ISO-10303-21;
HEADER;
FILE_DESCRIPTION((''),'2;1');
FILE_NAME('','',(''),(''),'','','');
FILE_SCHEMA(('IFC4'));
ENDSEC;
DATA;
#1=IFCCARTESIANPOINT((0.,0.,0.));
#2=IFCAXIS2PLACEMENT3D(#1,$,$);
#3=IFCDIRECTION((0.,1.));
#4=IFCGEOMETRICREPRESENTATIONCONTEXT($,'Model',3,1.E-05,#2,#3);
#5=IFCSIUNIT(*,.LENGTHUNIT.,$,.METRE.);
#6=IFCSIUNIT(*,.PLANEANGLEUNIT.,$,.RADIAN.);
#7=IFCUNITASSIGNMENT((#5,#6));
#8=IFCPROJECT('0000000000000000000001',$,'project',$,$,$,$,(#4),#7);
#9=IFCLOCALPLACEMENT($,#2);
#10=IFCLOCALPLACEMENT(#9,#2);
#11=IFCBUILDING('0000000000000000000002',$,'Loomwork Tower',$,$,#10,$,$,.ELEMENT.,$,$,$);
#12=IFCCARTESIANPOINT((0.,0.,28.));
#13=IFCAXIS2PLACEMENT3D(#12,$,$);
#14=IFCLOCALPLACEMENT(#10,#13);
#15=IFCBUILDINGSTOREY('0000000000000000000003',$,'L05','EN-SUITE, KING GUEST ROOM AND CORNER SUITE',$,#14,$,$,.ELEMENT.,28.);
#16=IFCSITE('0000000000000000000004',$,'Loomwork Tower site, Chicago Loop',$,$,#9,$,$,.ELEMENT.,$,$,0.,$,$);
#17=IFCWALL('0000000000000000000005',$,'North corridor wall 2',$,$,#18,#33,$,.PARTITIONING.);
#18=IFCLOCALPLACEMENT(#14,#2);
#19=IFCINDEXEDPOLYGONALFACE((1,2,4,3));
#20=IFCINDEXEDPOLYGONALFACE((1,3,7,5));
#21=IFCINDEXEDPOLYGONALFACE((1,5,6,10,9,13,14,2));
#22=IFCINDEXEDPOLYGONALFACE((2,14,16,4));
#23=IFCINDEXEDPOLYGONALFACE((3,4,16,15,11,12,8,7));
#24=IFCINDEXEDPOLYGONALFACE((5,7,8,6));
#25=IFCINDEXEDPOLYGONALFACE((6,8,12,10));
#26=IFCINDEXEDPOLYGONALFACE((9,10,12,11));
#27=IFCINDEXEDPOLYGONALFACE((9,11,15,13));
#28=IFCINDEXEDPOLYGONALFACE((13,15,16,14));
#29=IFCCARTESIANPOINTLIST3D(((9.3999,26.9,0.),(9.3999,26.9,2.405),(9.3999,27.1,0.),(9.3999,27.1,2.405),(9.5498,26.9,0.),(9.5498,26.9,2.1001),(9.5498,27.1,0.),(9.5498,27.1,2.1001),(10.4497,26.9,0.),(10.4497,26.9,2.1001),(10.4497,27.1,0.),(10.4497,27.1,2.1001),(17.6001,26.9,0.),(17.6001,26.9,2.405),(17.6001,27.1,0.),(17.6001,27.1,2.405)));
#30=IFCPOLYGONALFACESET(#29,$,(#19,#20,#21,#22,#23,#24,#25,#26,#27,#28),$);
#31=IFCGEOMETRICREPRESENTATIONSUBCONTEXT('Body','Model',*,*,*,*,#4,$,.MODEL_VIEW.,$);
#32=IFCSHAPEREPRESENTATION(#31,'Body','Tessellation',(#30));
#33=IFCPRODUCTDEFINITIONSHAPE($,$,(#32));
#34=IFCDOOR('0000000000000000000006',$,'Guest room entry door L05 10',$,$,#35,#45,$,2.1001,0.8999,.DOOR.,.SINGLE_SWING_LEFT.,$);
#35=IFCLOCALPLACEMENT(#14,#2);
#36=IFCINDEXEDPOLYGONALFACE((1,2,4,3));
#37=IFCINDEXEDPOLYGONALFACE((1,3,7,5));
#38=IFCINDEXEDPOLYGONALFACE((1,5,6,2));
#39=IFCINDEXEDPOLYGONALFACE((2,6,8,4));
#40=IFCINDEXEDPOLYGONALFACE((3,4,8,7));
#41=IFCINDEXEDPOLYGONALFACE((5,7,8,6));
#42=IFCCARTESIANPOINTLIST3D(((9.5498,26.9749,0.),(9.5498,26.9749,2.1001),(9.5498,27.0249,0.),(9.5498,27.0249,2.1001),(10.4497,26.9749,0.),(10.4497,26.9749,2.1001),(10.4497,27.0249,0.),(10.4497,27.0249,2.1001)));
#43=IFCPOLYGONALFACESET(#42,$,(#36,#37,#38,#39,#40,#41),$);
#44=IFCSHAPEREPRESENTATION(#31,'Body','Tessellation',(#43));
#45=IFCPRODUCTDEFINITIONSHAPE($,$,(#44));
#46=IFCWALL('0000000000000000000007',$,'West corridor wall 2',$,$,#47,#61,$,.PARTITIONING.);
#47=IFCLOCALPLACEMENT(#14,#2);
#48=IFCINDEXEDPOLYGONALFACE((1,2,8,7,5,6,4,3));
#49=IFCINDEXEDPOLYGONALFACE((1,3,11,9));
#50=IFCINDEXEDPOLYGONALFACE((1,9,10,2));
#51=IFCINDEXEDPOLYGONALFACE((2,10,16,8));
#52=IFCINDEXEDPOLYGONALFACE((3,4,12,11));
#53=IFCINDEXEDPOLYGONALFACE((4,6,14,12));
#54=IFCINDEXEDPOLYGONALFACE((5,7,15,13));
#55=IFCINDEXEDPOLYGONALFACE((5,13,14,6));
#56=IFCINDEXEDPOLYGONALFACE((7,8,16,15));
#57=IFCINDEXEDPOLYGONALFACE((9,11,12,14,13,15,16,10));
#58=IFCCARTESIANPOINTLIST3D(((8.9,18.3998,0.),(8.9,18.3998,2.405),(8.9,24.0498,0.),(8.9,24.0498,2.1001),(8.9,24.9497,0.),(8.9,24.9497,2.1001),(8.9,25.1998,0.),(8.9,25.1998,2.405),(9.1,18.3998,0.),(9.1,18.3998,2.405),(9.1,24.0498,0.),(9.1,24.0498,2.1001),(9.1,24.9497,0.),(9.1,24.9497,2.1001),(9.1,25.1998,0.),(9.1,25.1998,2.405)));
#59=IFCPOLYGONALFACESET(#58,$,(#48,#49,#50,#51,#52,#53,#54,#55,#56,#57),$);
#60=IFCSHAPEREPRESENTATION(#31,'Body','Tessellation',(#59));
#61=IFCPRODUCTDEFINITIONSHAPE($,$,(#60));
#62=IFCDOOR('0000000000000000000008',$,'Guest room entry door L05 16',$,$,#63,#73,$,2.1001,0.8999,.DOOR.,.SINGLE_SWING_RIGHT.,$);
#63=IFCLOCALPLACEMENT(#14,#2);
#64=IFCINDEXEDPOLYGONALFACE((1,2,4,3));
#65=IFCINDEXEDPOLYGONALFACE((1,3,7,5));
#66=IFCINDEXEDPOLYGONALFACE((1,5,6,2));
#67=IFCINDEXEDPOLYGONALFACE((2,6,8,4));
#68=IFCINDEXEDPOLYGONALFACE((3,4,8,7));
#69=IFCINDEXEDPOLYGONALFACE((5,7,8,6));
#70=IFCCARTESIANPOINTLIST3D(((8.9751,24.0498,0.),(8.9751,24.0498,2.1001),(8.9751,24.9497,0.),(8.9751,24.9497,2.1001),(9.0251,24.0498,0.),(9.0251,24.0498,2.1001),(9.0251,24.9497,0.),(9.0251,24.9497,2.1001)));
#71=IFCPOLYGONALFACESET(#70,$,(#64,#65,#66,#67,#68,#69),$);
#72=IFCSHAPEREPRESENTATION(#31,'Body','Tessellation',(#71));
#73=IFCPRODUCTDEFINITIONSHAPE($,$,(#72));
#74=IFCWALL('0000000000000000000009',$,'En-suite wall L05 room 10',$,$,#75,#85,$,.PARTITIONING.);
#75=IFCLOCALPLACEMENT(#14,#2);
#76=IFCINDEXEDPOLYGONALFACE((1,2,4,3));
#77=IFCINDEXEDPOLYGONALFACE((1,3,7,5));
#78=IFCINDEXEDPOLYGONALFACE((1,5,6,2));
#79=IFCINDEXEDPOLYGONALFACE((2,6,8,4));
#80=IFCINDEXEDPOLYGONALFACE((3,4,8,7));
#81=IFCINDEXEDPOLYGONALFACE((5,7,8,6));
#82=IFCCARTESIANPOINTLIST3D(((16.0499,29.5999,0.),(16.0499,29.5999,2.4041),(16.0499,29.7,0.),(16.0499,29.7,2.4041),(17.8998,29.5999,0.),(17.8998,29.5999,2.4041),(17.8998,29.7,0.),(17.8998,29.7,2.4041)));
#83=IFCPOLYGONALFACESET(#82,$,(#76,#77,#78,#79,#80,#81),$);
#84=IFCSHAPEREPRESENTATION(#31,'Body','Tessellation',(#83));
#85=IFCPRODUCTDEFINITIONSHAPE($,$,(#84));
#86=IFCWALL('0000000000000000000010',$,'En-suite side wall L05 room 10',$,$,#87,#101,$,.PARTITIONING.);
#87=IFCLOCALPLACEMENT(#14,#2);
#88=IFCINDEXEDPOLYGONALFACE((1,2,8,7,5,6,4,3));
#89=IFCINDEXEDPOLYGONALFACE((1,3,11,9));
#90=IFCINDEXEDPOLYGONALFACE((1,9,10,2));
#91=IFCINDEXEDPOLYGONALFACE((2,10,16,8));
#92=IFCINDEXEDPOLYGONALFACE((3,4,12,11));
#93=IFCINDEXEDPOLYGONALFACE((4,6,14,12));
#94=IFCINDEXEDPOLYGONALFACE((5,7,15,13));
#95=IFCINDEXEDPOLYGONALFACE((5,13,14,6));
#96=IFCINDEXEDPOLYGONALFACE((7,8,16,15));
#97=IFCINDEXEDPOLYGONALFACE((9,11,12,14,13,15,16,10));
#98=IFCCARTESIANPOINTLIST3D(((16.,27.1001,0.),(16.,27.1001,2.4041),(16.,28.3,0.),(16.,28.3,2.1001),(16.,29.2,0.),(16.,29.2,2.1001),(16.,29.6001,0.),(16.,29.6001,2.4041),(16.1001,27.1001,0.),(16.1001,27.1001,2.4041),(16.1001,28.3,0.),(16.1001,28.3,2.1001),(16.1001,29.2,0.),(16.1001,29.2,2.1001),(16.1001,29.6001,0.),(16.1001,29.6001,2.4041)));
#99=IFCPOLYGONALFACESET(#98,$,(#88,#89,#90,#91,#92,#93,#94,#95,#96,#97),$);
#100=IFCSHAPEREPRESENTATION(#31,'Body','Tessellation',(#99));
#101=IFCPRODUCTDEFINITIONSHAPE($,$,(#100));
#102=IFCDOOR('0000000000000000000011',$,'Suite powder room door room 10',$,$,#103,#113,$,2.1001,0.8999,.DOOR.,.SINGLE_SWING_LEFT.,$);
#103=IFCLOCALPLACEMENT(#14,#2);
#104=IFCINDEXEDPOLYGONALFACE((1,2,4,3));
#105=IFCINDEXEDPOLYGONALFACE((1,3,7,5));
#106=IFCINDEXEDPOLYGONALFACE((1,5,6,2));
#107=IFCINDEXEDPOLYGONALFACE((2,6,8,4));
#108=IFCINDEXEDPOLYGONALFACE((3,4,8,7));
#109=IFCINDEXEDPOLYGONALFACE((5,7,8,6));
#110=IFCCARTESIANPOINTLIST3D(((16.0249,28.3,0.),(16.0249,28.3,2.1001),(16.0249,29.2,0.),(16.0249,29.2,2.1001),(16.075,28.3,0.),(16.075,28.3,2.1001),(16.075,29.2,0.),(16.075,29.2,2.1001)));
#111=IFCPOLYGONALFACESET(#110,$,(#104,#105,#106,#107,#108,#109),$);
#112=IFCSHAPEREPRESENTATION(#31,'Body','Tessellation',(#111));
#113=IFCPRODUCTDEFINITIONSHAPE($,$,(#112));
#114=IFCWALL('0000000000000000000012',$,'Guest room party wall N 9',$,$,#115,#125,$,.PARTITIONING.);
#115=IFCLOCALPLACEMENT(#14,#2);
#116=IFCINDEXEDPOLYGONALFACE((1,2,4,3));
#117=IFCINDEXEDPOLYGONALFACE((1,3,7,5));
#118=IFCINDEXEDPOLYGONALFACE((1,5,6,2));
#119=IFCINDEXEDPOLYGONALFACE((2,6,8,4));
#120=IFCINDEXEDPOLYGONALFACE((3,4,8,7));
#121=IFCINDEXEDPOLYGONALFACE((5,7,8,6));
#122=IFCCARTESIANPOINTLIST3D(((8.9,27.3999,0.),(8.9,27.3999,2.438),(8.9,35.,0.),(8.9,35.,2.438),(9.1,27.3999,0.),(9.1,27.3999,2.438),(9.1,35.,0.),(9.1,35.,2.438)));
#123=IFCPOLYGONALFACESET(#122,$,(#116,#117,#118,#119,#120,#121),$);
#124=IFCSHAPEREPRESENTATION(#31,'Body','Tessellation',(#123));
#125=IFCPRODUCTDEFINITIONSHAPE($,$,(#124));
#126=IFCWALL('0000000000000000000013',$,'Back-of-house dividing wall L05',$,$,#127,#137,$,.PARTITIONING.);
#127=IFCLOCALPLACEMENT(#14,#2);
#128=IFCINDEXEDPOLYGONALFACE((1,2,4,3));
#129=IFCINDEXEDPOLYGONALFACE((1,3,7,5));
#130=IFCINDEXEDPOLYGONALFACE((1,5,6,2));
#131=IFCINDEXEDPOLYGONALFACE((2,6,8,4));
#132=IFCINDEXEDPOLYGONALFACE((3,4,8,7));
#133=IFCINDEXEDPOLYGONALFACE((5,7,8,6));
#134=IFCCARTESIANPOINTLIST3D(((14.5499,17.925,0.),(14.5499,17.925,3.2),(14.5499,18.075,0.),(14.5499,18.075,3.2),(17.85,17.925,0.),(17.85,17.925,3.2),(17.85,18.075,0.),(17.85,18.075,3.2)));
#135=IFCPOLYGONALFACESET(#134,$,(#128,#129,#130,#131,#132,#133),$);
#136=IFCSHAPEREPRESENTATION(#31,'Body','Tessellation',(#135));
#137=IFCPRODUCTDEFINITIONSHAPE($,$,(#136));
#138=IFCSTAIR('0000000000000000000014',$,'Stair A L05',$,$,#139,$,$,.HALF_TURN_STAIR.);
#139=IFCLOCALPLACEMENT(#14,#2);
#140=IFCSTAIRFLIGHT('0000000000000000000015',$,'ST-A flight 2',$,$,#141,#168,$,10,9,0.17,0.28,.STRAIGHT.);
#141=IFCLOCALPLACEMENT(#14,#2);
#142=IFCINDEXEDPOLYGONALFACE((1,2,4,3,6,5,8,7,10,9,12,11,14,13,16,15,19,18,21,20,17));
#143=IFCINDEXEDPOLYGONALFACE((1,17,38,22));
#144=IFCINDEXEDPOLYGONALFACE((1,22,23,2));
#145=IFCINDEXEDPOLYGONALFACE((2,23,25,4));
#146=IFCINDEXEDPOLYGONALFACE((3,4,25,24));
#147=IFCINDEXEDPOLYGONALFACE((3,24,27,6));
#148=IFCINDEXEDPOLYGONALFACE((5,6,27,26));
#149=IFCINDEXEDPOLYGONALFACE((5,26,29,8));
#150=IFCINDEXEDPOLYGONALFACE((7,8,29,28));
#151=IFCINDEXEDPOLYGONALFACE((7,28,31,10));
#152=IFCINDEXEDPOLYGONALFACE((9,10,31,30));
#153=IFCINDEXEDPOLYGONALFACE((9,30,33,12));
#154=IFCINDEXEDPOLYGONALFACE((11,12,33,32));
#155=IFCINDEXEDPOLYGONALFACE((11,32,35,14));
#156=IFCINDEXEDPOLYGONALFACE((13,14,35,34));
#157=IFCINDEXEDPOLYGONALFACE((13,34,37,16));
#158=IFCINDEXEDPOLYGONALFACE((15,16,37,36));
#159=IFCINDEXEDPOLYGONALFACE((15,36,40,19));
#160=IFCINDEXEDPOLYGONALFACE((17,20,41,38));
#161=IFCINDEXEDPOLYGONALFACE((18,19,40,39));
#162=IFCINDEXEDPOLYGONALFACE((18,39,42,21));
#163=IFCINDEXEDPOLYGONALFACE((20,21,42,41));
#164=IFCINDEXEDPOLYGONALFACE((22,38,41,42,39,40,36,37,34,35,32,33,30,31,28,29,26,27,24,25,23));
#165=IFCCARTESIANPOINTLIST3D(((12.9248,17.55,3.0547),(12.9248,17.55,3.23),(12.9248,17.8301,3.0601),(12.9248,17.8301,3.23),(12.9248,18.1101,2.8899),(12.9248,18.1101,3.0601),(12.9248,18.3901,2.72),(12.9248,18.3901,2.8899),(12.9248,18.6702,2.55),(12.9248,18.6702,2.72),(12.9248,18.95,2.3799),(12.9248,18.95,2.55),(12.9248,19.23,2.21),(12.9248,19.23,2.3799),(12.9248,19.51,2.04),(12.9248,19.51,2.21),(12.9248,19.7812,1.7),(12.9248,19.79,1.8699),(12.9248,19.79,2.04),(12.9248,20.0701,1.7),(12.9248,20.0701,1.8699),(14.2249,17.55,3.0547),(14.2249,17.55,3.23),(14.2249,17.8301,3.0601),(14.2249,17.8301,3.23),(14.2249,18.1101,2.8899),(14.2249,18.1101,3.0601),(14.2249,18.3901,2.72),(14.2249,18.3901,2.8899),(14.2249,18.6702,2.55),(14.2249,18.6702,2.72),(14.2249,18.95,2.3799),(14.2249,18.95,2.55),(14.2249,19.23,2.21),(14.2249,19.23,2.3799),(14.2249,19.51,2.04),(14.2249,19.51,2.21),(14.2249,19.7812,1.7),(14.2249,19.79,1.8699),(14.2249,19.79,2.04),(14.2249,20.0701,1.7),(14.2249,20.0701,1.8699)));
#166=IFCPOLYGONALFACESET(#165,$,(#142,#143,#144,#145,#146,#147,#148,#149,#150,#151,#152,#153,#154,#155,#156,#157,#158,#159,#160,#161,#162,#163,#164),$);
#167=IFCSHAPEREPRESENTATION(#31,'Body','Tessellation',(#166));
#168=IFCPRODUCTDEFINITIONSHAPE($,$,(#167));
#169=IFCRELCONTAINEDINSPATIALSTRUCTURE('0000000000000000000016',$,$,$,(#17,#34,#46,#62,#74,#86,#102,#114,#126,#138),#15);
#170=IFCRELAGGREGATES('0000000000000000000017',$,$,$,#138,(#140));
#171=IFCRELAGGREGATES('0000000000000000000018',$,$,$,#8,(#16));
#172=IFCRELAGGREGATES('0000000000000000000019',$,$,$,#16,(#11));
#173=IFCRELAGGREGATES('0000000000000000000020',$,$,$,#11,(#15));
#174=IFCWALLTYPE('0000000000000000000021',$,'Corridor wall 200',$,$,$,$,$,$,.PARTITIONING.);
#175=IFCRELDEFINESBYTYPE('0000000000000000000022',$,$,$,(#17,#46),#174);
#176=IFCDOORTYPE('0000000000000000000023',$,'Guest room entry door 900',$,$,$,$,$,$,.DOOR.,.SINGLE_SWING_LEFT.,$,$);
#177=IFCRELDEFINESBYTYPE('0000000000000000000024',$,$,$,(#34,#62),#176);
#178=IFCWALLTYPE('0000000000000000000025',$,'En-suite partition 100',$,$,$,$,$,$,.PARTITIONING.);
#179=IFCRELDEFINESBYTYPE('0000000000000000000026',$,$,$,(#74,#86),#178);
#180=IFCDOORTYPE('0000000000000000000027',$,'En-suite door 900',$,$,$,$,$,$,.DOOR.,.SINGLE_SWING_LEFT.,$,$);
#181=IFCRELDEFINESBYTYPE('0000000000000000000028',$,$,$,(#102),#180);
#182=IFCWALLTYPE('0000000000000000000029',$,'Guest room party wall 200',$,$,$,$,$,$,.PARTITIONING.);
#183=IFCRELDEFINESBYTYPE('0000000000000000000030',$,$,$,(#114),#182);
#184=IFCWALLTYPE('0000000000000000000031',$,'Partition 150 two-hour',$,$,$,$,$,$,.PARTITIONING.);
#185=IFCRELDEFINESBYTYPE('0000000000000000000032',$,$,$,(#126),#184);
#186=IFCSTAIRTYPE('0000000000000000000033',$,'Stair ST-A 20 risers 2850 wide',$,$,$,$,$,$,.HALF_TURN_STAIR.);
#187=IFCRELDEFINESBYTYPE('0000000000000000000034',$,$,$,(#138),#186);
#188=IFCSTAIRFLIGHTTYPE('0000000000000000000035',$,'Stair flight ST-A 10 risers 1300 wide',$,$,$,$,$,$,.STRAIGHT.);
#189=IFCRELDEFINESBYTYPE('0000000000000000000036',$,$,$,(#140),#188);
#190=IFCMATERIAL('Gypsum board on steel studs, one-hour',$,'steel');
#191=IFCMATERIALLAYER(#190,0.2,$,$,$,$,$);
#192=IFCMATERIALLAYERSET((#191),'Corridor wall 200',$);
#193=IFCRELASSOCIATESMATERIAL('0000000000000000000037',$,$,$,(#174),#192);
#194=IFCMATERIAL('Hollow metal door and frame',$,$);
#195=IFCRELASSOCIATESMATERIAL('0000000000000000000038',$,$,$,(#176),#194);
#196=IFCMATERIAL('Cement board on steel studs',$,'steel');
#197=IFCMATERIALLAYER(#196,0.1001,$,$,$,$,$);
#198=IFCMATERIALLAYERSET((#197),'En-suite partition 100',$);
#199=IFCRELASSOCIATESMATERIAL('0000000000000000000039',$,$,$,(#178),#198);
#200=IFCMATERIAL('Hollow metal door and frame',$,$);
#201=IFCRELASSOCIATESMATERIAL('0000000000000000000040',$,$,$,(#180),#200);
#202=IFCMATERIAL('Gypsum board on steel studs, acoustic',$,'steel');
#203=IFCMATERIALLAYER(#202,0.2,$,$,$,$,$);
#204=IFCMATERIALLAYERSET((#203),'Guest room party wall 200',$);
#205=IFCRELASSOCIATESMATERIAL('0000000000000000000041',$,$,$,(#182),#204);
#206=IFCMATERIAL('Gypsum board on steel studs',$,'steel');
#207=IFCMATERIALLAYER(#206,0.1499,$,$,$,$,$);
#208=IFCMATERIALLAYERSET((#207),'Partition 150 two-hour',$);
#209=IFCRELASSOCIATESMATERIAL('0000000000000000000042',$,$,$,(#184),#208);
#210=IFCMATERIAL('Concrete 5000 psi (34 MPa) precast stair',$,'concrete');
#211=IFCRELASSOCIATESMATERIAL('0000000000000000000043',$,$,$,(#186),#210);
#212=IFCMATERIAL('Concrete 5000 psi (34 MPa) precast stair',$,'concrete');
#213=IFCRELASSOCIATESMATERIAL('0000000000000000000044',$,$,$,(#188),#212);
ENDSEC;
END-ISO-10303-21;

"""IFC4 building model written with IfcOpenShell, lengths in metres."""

from ifc_helpers import new_model, si_unit, direction, frame, frame_2d, origin, place, context, subcontext, project, spatial, polyline, rectangle, outline, extrude, material, layer, layer_set, type_object, element, fill, aggregate, save


model = new_model("IFC4")

# Units and contexts
model_context = context("Model", 3, precision=1e-05, world=origin(), true_north=direction((0.0, 1.0)))
body_context = subcontext(model_context, "Body", "Model", "MODEL_VIEW")
ifc_project = project(units=[si_unit("LENGTHUNIT", "METRE"), si_unit("PLANEANGLEUNIT", "RADIAN")], contexts=[model_context])

# Site, building, storey
site_placement = place(None, origin())
site = spatial("IfcSite", under=ifc_project, at=site_placement, Name="Loomwork Tower site, Chicago Loop", CompositionType="ELEMENT", RefElevation=0.0)
building_placement = place(site_placement, origin())
building = spatial("IfcBuilding", under=site, at=building_placement, Name="Loomwork Tower", CompositionType="ELEMENT")
storey_placement = place(building_placement, frame((0.0, 0.0, 28.0)))
storey = spatial("IfcBuildingStorey", under=building, at=storey_placement, Name="L05", Description="EN-SUITE, KING GUEST ROOM AND CORNER SUITE", CompositionType="ELEMENT", Elevation=28.0)

# Walls, openings, doors
ifc_material_1 = material(Name="Gypsum board on steel studs, one-hour", Category="steel")
ifc_layer_1 = layer(ifc_material_1, 0.2)
ifc_layer_set_1 = layer_set([ifc_layer_1], Name="Corridor wall 200")
wall_type_1 = type_object("IfcWallType", Name="Corridor wall 200", PredefinedType="PARTITIONING", material=ifc_layer_set_1)
wall_1_placement = place(storey_placement, frame((9.3999, 27.0, 0.0), z_axis=(0.0, 0.0, 1.0), x_axis=(1.0, 0.0, 0.0)))
wall_1 = element("IfcWall", 1, at=wall_1_placement, inside=storey, type_object=wall_type_1, Name="North corridor wall 2", PredefinedType="PARTITIONING", context=body_context, shape_type="SweptSolid", body=[
    extrude(rectangle(XDim=8.2002, YDim=0.2, at=frame_2d((4.1001, 0.0))), origin(), (0.0, 0.0, 1.0), 2.405),
])
opening_1_placement = place(wall_1_placement, frame((0.1499, 0.0, 0.0)))
opening_1 = element("IfcOpeningElement", 2, at=opening_1_placement, cuts=wall_1, PredefinedType="OPENING", context=body_context, shape_type="SweptSolid", body=[
    extrude(rectangle(XDim=0.8999, YDim=2.1001, at=frame_2d((0.45, 1.05))), frame((0.0, 0.1099, 0.0), z_axis=(0.0, -1.0, 0.0), x_axis=(1.0, 0.0, 0.0)), (0.0, 0.0, 1.0), 0.22),
])
ifc_material_2 = material(Name="Hollow metal door and frame")
door_type_1 = type_object("IfcDoorType", Name="Guest room entry door 900", OperationType="SINGLE_SWING_LEFT", PredefinedType="DOOR", material=ifc_material_2)
door_1_placement = place(opening_1_placement, origin())
door_1 = element("IfcDoor", 3, at=door_1_placement, inside=storey, type_object=door_type_1, Name="Guest room entry door L05 10", OperationType="SINGLE_SWING_LEFT", OverallHeight=2.1001, OverallWidth=0.8999, PredefinedType="DOOR", context=body_context, shape_type="SweptSolid", body=[
    extrude(rectangle(XDim=0.8999, YDim=2.1001, at=frame_2d((0.45, 1.05))), frame((0.0, 0.0249, 0.0), z_axis=(0.0, -1.0, 0.0), x_axis=(1.0, 0.0, 0.0)), (0.0, 0.0, 1.0), 0.05),
])
fill(opening_1, door_1)
wall_2_placement = place(storey_placement, frame((9.0, 18.3999, 0.0), z_axis=(0.0, 0.0, 1.0), x_axis=(0.0, 1.0, 0.0)))
wall_2 = element("IfcWall", 4, at=wall_2_placement, inside=storey, type_object=wall_type_1, Name="West corridor wall 2", PredefinedType="PARTITIONING", context=body_context, shape_type="SweptSolid", body=[
    extrude(rectangle(XDim=6.8, YDim=0.2, at=frame_2d((3.3999, 0.0))), origin(), (0.0, 0.0, 1.0), 2.405),
])
opening_2_placement = place(wall_2_placement, frame((5.6499, 0.0, 0.0)))
opening_2 = element("IfcOpeningElement", 5, at=opening_2_placement, cuts=wall_2, PredefinedType="OPENING", context=body_context, shape_type="SweptSolid", body=[
    extrude(rectangle(XDim=0.8999, YDim=2.1001, at=frame_2d((0.45, 1.05))), frame((0.0, 0.1099, 0.0), z_axis=(0.0, -1.0, 0.0), x_axis=(1.0, 0.0, 0.0)), (0.0, 0.0, 1.0), 0.22),
])
door_2_placement = place(opening_2_placement, origin())
door_2 = element("IfcDoor", 6, at=door_2_placement, inside=storey, type_object=door_type_1, Name="Guest room entry door L05 16", OperationType="SINGLE_SWING_RIGHT", OverallHeight=2.1001, OverallWidth=0.8999, PredefinedType="DOOR", context=body_context, shape_type="SweptSolid", body=[
    extrude(rectangle(XDim=0.8999, YDim=2.1001, at=frame_2d((0.45, 1.05))), frame((0.0, 0.0249, 0.0), z_axis=(0.0, -1.0, 0.0), x_axis=(1.0, 0.0, 0.0)), (0.0, 0.0, 1.0), 0.05),
])
fill(opening_2, door_2)

# Wall
ifc_material_3 = material(Name="Cement board on steel studs", Category="steel")
ifc_layer_2 = layer(ifc_material_3, 0.1001)
ifc_layer_set_2 = layer_set([ifc_layer_2], Name="En-suite partition 100")
wall_type_2 = type_object("IfcWallType", Name="En-suite partition 100", PredefinedType="PARTITIONING", material=ifc_layer_set_2)
wall_3_placement = place(storey_placement, frame((16.05, 29.6499, 0.0), z_axis=(0.0, 0.0, 1.0), x_axis=(1.0, 0.0, 0.0)))
element("IfcWall", 7, at=wall_3_placement, inside=storey, type_object=wall_type_2, Name="En-suite wall L05 room 10", PredefinedType="PARTITIONING", context=body_context, shape_type="SweptSolid", body=[
    extrude(rectangle(XDim=1.8499, YDim=0.1001, at=frame_2d((0.9248, 0.0))), origin(), (0.0, 0.0, 1.0), 2.4041),
])

# Wall, opening, door
wall_4_placement = place(storey_placement, frame((16.05, 27.1001, 0.0), z_axis=(0.0, 0.0, 1.0), x_axis=(0.0, 1.0, 0.0)))
wall_4 = element("IfcWall", 8, at=wall_4_placement, inside=storey, type_object=wall_type_2, Name="En-suite side wall L05 room 10", PredefinedType="PARTITIONING", context=body_context, shape_type="SweptSolid", body=[
    extrude(rectangle(XDim=2.5, YDim=0.1001, at=frame_2d((1.25, 0.0))), origin(), (0.0, 0.0, 1.0), 2.4041),
])
opening_3_placement = place(wall_4_placement, frame((1.2, 0.0, 0.0)))
opening_3 = element("IfcOpeningElement", 9, at=opening_3_placement, cuts=wall_4, PredefinedType="OPENING", context=body_context, shape_type="SweptSolid", body=[
    extrude(rectangle(XDim=0.8999, YDim=2.1001, at=frame_2d((0.45, 1.05))), frame((0.0, 0.0601, 0.0), z_axis=(0.0, -1.0, 0.0), x_axis=(1.0, 0.0, 0.0)), (0.0, 0.0, 1.0), 0.1201),
])
ifc_material_4 = material(Name="Hollow metal door and frame")
door_type_2 = type_object("IfcDoorType", Name="En-suite door 900", OperationType="SINGLE_SWING_LEFT", PredefinedType="DOOR", material=ifc_material_4)
door_3_placement = place(opening_3_placement, frame((0.8999, 0.0, 0.0), z_axis=(0.0, 0.0, 1.0), x_axis=(-1.0, 0.0, 0.0)))
door_3 = element("IfcDoor", 10, at=door_3_placement, inside=storey, type_object=door_type_2, Name="Suite powder room door room 10", OperationType="SINGLE_SWING_LEFT", OverallHeight=2.1001, OverallWidth=0.8999, PredefinedType="DOOR", context=body_context, shape_type="SweptSolid", body=[
    extrude(rectangle(XDim=0.8999, YDim=2.1001, at=frame_2d((0.45, 1.05))), frame((0.0, 0.0249, 0.0), z_axis=(0.0, -1.0, 0.0), x_axis=(1.0, 0.0, 0.0)), (0.0, 0.0, 1.0), 0.05),
])
fill(opening_3, door_3)

# Walls
ifc_material_5 = material(Name="Gypsum board on steel studs, acoustic", Category="steel")
ifc_layer_3 = layer(ifc_material_5, 0.2)
ifc_layer_set_3 = layer_set([ifc_layer_3], Name="Guest room party wall 200")
wall_type_3 = type_object("IfcWallType", Name="Guest room party wall 200", PredefinedType="PARTITIONING", material=ifc_layer_set_3)
wall_5_placement = place(storey_placement, frame((9.0, 27.3999, 0.0), z_axis=(0.0, 0.0, 1.0), x_axis=(0.0, 1.0, 0.0)))
element("IfcWall", 11, at=wall_5_placement, inside=storey, type_object=wall_type_3, Name="Guest room party wall N 9", PredefinedType="PARTITIONING", context=body_context, shape_type="SweptSolid", body=[
    extrude(rectangle(XDim=7.6001, YDim=0.2, at=frame_2d((3.8, 0.0))), origin(), (0.0, 0.0, 1.0), 2.438),
])
ifc_material_6 = material(Name="Gypsum board on steel studs", Category="steel")
ifc_layer_4 = layer(ifc_material_6, 0.1499)
ifc_layer_set_4 = layer_set([ifc_layer_4], Name="Partition 150 two-hour")
wall_type_4 = type_object("IfcWallType", Name="Partition 150 two-hour", PredefinedType="PARTITIONING", material=ifc_layer_set_4)
wall_6_placement = place(storey_placement, frame((14.55, 18.0, 0.0), z_axis=(0.0, 0.0, 1.0), x_axis=(1.0, 0.0, 0.0)))
element("IfcWall", 12, at=wall_6_placement, inside=storey, type_object=wall_type_4, Name="Back-of-house dividing wall L05", PredefinedType="PARTITIONING", context=body_context, shape_type="SweptSolid", body=[
    extrude(rectangle(XDim=3.3, YDim=0.1499, at=frame_2d((1.6499, 0.0))), origin(), (0.0, 0.0, 1.0), 3.2),
])

# Stair, stair flight
ifc_material_7 = material(Name="Concrete 5000 psi (34 MPa) precast stair", Category="concrete")
stair_type = type_object("IfcStairType", Name="Stair ST-A 20 risers 2850 wide", PredefinedType="HALF_TURN_STAIR", material=ifc_material_7)
stair_placement = place(storey_placement, origin())
stair = element("IfcStair", 13, at=stair_placement, inside=storey, type_object=stair_type, Name="Stair A L05", PredefinedType="HALF_TURN_STAIR")
ifc_material_8 = material(Name="Concrete 5000 psi (34 MPa) precast stair", Category="concrete")
stair_flight_type = type_object("IfcStairFlightType", Name="Stair flight ST-A 10 risers 1300 wide", PredefinedType="STRAIGHT", material=ifc_material_8)
stair_flight_placement = place(storey_placement, frame((13.575, 20.0701, 1.7), z_axis=(0.0, 0.0, 1.0), x_axis=(0.0, -1.0, 0.0)))
stair_flight = element("IfcStairFlight", 14, at=stair_flight_placement, type_object=stair_flight_type, Name="ST-A flight 2", NumberOfRisers=10, NumberOfTreads=9, PredefinedType="STRAIGHT", RiserHeight=0.17, TreadLength=0.28, context=body_context, shape_type="SweptSolid", body=[
    extrude(outline(polyline([(0.0, 0.0), (0.0, 0.1699), (0.28, 0.1699), (0.28, 0.3401), (0.5601, 0.3401), (0.5601, 0.51), (0.8401, 0.51), (0.8401, 0.6799), (1.1201, 0.6799), (1.1201, 0.8501), (1.3999, 0.8501), (1.3999, 1.02), (1.6799, 1.02), (1.6799, 1.1899), (1.96, 1.1899), (1.96, 1.3601), (2.24, 1.3601), (2.24, 1.53), (2.52, 1.53), (2.52, 1.7), (2.52, 1.3547), (0.2888, 0.0), (0.0, 0.0)])), frame((0.0, 0.6499, 0.0), z_axis=(0.0, -1.0, 0.0), x_axis=(1.0, 0.0, 0.0)), (0.0, 0.0, 1.0), 1.3),
])
aggregate(stair, [stair_flight])

save(model, "model.ifc")
